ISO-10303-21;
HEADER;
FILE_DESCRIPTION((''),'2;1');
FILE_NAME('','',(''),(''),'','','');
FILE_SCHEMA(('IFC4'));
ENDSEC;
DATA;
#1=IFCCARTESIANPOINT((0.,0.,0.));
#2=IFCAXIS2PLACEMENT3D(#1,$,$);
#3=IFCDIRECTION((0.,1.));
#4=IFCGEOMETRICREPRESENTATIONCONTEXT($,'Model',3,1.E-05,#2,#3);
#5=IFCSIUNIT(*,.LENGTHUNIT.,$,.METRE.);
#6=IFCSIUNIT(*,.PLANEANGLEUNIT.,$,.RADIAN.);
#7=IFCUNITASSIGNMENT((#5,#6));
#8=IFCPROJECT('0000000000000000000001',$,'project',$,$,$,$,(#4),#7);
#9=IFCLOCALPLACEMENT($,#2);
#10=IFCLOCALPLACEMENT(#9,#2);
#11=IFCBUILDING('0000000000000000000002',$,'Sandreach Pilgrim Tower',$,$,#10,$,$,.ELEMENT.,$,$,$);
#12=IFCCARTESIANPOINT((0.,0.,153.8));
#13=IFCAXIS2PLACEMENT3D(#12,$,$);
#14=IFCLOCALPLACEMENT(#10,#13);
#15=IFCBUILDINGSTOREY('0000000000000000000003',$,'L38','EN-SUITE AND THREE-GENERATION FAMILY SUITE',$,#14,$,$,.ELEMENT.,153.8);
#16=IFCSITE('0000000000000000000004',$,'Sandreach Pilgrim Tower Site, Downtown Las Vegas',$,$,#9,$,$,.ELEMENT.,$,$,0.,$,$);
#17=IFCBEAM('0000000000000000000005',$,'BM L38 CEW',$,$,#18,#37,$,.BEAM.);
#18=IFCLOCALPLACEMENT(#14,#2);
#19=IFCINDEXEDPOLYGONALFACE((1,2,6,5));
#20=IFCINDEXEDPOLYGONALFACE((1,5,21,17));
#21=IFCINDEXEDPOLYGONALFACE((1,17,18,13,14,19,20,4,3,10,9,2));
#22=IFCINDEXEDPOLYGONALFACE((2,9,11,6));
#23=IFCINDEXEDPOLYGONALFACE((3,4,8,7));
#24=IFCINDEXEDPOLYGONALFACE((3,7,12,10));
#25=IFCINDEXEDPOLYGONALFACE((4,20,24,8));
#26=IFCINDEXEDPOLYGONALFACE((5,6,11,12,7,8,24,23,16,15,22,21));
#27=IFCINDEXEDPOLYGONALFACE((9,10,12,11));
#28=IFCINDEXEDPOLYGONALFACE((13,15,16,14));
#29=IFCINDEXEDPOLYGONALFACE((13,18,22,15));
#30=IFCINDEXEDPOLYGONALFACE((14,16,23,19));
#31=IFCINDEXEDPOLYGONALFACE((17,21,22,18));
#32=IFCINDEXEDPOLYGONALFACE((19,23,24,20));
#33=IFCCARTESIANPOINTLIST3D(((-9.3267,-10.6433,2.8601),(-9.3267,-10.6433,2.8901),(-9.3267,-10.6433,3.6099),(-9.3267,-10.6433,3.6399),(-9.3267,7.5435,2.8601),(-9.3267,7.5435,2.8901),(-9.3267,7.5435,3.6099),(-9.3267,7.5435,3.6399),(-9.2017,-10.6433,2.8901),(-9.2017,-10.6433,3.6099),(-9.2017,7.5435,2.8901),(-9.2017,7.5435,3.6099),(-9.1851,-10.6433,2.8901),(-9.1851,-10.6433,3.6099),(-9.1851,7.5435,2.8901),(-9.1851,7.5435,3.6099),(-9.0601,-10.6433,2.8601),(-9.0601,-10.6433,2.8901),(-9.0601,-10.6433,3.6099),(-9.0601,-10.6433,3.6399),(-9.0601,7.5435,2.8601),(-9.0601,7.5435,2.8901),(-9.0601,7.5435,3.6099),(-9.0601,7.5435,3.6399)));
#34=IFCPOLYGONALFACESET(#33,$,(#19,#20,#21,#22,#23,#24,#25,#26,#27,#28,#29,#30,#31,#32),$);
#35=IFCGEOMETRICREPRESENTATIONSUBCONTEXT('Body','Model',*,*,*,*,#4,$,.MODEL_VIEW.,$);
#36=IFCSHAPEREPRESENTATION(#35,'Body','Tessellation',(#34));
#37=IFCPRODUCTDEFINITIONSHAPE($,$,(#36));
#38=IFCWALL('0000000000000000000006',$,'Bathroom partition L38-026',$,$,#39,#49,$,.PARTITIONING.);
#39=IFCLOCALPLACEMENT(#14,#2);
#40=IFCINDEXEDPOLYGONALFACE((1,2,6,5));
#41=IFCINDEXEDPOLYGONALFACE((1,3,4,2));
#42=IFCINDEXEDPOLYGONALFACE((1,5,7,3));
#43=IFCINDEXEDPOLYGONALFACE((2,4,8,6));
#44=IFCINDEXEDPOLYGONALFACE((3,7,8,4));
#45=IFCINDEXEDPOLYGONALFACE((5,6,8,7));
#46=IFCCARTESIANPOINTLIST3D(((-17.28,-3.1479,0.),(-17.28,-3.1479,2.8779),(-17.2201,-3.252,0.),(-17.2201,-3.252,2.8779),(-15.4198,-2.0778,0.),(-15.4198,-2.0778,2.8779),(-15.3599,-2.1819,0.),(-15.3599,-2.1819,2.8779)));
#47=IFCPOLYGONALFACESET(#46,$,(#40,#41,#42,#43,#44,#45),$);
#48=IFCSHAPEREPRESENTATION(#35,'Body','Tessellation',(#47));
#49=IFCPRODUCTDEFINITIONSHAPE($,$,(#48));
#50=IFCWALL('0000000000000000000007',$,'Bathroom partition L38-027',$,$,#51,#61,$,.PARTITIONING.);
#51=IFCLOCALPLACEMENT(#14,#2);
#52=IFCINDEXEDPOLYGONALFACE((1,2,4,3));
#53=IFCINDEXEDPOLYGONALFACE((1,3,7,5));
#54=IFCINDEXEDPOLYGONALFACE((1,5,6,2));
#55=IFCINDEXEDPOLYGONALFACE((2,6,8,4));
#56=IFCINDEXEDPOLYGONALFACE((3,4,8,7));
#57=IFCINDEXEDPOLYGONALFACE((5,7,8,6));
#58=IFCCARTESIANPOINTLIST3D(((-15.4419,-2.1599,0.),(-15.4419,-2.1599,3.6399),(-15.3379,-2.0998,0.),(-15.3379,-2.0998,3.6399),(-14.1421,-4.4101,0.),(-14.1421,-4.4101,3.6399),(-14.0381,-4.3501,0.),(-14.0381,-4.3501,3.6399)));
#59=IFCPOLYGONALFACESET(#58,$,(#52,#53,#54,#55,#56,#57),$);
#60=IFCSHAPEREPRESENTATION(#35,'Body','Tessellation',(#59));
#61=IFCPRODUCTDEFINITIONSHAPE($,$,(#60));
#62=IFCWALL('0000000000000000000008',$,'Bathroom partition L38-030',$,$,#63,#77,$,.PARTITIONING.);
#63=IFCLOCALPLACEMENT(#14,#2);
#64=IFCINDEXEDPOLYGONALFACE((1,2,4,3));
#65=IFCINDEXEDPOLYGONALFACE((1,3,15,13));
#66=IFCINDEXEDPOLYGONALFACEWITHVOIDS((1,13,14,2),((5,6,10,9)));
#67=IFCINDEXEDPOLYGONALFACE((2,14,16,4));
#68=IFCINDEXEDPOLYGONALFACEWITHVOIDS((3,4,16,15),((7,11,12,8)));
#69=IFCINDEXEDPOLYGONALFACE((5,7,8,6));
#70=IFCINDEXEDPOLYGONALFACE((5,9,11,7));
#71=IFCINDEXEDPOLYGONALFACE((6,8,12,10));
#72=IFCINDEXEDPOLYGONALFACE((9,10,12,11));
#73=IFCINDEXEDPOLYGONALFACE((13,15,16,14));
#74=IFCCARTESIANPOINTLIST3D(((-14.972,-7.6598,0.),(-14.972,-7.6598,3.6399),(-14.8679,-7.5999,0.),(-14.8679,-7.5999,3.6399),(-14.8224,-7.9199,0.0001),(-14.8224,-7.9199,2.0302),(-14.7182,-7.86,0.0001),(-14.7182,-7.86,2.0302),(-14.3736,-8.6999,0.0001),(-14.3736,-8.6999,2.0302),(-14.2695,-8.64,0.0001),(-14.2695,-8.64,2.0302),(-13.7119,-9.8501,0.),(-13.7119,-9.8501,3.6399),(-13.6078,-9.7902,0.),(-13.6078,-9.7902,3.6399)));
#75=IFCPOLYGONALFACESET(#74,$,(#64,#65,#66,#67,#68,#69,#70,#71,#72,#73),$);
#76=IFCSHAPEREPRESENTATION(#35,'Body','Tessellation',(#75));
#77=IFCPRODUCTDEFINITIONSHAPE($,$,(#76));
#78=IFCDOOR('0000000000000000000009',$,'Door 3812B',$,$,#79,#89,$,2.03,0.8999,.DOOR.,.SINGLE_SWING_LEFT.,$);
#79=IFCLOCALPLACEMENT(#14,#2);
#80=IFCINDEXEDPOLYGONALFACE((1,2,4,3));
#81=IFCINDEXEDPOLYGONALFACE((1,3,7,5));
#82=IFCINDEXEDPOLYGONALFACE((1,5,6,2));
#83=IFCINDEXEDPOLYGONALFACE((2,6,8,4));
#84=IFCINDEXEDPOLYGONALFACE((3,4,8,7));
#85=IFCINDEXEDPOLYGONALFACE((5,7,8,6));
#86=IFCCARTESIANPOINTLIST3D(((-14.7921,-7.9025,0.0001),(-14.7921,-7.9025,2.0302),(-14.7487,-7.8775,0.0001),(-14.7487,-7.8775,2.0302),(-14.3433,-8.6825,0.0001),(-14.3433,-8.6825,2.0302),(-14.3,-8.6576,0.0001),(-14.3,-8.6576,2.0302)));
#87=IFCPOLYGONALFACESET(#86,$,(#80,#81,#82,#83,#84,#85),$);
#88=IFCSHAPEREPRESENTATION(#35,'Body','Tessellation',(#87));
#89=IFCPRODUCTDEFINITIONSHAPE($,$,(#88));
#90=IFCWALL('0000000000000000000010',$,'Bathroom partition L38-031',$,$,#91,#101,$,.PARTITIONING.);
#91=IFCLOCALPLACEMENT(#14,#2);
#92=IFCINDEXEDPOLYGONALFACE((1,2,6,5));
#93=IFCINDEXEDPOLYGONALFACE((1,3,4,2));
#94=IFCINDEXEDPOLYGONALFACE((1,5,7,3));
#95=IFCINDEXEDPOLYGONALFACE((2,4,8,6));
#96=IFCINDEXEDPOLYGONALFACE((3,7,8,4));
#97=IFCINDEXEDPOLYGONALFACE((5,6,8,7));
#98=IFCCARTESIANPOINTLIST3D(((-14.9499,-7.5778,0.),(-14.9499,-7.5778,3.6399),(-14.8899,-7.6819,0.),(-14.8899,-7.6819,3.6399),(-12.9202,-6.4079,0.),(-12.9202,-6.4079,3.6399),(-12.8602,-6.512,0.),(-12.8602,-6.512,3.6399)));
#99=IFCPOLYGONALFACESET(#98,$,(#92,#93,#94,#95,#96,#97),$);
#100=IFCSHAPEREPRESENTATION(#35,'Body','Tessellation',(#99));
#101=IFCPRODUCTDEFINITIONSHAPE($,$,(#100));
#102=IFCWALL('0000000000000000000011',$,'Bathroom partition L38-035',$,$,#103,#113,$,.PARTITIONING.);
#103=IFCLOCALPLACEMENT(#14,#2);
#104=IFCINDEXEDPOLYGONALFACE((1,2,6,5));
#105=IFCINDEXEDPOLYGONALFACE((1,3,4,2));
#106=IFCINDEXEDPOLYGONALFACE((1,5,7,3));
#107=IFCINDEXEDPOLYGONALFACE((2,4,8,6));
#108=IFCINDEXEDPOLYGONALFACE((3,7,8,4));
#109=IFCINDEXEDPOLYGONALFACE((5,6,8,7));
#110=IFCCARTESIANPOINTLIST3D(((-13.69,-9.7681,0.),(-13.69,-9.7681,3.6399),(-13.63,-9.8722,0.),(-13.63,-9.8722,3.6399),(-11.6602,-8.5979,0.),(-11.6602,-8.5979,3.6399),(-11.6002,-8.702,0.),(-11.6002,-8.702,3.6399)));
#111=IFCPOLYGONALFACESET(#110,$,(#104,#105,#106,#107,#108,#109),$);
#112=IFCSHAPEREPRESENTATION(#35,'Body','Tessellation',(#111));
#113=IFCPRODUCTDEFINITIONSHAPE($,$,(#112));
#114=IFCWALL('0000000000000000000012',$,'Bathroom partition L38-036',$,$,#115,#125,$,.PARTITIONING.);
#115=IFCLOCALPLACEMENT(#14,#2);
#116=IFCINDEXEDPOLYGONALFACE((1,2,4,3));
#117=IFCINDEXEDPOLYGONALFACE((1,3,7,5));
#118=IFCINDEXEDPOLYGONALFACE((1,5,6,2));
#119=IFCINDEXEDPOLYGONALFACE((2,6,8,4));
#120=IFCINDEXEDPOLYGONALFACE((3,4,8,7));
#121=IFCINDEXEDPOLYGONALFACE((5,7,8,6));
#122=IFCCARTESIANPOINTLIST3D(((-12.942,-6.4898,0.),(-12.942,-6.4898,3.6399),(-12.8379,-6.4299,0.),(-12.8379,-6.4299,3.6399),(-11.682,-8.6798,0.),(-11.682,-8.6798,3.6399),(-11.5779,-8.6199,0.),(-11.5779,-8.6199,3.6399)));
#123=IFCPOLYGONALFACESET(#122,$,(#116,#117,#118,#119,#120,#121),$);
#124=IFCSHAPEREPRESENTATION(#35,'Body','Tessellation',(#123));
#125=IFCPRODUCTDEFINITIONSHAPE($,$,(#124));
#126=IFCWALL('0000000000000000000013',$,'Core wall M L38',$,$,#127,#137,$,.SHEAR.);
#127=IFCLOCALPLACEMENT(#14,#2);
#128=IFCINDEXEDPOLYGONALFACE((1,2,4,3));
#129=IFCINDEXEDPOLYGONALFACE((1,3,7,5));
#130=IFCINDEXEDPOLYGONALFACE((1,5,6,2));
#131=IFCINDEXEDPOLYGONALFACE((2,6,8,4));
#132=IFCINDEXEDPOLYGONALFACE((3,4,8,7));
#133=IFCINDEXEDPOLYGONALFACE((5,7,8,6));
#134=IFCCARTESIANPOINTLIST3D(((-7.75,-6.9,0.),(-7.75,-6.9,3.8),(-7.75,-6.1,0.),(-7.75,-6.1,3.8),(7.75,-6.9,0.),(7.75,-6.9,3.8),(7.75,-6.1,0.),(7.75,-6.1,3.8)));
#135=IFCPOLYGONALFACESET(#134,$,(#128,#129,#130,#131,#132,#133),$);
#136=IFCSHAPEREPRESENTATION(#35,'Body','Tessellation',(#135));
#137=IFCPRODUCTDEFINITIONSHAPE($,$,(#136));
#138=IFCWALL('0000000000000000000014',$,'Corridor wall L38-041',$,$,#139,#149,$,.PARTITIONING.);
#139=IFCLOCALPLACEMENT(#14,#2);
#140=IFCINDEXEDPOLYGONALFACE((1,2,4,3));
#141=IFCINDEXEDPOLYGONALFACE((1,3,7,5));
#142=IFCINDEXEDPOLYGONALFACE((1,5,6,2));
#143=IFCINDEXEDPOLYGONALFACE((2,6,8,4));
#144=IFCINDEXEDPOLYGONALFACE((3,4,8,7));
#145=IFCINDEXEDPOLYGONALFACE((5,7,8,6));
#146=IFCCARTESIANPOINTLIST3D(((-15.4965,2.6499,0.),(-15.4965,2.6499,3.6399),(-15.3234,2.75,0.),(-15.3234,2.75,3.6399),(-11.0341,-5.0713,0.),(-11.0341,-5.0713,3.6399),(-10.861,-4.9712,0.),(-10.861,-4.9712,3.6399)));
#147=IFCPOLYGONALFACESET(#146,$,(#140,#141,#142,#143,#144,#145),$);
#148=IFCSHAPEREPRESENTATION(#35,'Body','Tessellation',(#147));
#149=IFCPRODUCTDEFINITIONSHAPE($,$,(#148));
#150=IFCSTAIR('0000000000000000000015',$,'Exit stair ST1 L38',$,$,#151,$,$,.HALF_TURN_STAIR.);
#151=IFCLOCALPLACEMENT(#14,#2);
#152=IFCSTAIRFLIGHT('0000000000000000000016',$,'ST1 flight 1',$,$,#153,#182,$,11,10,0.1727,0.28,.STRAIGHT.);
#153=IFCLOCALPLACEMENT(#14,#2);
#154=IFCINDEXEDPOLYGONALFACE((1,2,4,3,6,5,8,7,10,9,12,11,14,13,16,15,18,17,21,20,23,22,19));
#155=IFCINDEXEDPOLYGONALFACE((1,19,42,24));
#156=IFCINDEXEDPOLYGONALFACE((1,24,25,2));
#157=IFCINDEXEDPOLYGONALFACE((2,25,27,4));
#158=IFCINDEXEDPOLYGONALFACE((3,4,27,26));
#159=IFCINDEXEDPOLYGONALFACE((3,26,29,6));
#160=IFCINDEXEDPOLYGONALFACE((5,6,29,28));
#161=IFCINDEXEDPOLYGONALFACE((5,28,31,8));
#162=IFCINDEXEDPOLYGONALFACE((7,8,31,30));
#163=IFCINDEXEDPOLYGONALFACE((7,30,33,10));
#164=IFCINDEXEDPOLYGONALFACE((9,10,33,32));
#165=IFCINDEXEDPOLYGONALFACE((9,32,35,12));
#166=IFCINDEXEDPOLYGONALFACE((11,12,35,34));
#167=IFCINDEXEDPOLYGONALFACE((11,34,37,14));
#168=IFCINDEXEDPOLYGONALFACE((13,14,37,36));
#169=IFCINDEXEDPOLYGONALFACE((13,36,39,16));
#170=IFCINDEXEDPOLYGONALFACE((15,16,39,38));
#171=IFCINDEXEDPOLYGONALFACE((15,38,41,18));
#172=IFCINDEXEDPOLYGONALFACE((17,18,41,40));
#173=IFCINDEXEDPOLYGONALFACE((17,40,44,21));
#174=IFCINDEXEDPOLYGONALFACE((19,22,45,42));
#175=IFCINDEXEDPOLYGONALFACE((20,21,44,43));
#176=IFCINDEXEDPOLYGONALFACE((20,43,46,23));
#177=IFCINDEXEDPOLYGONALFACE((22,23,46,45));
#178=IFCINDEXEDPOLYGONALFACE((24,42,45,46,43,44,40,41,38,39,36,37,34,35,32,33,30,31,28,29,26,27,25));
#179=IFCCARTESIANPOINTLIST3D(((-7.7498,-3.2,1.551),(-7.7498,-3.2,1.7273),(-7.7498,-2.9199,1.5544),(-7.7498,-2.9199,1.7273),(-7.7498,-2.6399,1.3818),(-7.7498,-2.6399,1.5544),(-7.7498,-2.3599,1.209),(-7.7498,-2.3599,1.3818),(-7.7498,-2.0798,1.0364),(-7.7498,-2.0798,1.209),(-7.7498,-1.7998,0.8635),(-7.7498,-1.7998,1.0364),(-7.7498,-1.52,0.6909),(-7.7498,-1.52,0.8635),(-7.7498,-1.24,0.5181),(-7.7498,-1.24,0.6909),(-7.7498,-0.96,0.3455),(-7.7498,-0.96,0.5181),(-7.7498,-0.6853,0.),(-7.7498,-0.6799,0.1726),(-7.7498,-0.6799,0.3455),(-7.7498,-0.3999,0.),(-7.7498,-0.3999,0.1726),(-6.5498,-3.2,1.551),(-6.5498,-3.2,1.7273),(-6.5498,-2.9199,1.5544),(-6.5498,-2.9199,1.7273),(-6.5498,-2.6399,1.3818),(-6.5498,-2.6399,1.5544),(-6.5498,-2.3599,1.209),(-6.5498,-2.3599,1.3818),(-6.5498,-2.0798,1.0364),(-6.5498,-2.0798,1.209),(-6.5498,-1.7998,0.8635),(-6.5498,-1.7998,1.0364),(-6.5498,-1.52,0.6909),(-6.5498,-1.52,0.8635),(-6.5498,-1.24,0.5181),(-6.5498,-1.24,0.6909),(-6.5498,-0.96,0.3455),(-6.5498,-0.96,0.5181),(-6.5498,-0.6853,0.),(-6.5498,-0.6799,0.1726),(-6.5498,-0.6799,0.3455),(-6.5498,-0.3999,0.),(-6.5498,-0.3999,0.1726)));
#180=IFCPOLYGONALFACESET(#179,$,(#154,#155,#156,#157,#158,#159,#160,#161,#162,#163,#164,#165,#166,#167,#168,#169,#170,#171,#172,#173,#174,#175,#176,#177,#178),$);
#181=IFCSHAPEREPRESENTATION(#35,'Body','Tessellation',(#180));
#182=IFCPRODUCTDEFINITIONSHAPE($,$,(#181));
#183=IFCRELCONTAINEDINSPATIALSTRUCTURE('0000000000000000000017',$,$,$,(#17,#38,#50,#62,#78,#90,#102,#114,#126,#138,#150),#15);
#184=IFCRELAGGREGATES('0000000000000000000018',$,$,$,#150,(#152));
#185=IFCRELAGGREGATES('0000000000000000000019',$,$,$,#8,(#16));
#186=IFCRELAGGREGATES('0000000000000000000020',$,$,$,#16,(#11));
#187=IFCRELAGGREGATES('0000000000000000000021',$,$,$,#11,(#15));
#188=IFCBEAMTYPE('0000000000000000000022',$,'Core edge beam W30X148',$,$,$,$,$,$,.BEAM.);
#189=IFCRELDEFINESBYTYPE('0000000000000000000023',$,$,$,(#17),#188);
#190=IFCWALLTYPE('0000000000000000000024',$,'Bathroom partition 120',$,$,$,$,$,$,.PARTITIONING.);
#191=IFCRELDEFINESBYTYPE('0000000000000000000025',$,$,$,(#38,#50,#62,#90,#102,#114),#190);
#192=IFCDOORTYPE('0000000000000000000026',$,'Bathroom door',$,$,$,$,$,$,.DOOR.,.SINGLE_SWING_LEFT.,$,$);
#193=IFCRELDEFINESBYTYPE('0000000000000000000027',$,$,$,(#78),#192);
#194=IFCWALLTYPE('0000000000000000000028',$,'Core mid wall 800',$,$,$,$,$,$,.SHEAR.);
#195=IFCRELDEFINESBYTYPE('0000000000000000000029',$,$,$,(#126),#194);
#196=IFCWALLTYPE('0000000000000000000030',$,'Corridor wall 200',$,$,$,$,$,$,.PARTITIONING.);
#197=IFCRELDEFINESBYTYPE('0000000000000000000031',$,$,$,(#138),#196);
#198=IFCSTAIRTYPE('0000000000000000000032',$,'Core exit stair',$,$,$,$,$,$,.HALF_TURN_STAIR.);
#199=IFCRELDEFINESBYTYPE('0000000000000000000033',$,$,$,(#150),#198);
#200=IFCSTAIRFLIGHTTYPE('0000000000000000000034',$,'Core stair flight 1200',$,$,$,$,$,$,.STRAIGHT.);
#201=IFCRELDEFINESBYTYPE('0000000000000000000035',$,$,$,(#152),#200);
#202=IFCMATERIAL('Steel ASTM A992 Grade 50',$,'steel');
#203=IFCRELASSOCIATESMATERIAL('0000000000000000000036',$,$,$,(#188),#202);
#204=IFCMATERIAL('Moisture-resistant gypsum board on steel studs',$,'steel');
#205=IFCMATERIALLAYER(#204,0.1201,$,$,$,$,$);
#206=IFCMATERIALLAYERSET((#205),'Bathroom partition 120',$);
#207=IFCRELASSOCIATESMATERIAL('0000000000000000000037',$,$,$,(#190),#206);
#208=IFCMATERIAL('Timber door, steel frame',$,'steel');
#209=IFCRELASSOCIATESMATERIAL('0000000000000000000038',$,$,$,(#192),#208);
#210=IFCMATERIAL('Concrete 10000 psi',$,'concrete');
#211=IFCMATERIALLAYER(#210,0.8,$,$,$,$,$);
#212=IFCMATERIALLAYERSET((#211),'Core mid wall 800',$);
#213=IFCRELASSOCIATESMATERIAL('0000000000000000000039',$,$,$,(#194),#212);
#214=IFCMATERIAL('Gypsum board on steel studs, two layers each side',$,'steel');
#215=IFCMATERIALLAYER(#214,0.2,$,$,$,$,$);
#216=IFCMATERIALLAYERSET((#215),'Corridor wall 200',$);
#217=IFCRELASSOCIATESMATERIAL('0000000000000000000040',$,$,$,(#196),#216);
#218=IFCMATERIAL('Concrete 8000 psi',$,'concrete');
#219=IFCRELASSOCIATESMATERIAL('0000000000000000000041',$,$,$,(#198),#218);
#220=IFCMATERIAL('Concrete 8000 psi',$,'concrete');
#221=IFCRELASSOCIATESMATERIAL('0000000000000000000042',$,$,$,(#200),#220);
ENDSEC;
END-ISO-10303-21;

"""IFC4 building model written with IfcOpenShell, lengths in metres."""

from ifc_helpers import new_model, si_unit, direction, frame, frame_2d, origin, origin_2d, place, context, subcontext, project, spatial, polyline, rectangle, i_section, outline, extrude, material, layer, layer_set, material_profile, profile_set, type_object, element, fill, aggregate, save


model = new_model("IFC4")

# Units and contexts
model_context = context("Model", 3, precision=1e-05, world=origin(), true_north=direction((0.0, 1.0)))
body_context = subcontext(model_context, "Body", "Model", "MODEL_VIEW")
ifc_project = project(units=[si_unit("LENGTHUNIT", "METRE"), si_unit("PLANEANGLEUNIT", "RADIAN")], contexts=[model_context])

# Site, building, storey
site_placement = place(None, origin())
site = spatial("IfcSite", under=ifc_project, at=site_placement, Name="Sandreach Pilgrim Tower Site, Downtown Las Vegas", CompositionType="ELEMENT", RefElevation=0.0)
building_placement = place(site_placement, origin())
building = spatial("IfcBuilding", under=site, at=building_placement, Name="Sandreach Pilgrim Tower", CompositionType="ELEMENT")
storey_placement = place(building_placement, frame((0.0, 0.0, 153.8)))
storey = spatial("IfcBuildingStorey", under=building, at=storey_placement, Name="L38", Description="EN-SUITE AND THREE-GENERATION FAMILY SUITE", CompositionType="ELEMENT", Elevation=153.8)

# Beam
ifc_material_1 = material(Name="Steel ASTM A992 Grade 50", Category="steel")
ifc_material_profile = material_profile(ifc_material_1, i_section(OverallWidth=0.2666, OverallDepth=0.7798, WebThickness=0.0166, FlangeThickness=0.03, at=origin_2d()), Name="W30X148")
ifc_profile_set = profile_set([ifc_material_profile], Name="Steel ASTM A992 Grade 50")
beam_type = type_object("IfcBeamType", Name="Core edge beam W30X148", PredefinedType="BEAM", material=ifc_profile_set)
beam_placement = place(storey_placement, frame((-9.1934, -10.6433, 3.25), z_axis=(0.0, 1.0, 0.0), x_axis=(-1.0, 0.0, 0.0)))
element("IfcBeam", 1, at=beam_placement, inside=storey, type_object=beam_type, Name="BM L38 CEW", PredefinedType="BEAM", context=body_context, shape_type="SweptSolid", body=[
    extrude(i_section(OverallWidth=0.2666, OverallDepth=0.7798, WebThickness=0.0166, FlangeThickness=0.03, at=origin_2d()), origin(), (0.0, 0.0, 1.0), 18.1868),
])

# Walls
ifc_material_2 = material(Name="Moisture-resistant gypsum board on steel studs", Category="steel")
ifc_layer_1 = layer(ifc_material_2, 0.1201)
ifc_layer_set_1 = layer_set([ifc_layer_1], Name="Bathroom partition 120")
wall_type_1 = type_object("IfcWallType", Name="Bathroom partition 120", PredefinedType="PARTITIONING", material=ifc_layer_set_1)
wall_1_placement = place(storey_placement, frame((-15.3899, -2.1299, 0.0), z_axis=(0.0, 0.0, 1.0), x_axis=(-0.866804, -0.498649, 0.0)))
element("IfcWall", 2, at=wall_1_placement, inside=storey, type_object=wall_type_1, Name="Bathroom partition L38-026", PredefinedType="PARTITIONING", context=body_context, shape_type="SweptSolid", body=[
    extrude(rectangle(XDim=2.146, YDim=0.1201, at=frame_2d((1.073, 0.0))), origin(), (0.0, 0.0, 1.0), 2.8779),
])
wall_2_placement = place(storey_placement, frame((-15.3899, -2.1299, 0.0), z_axis=(0.0, 0.0, 1.0), x_axis=(0.500181, -0.865921, 0.0)))
element("IfcWall", 3, at=wall_2_placement, inside=storey, type_object=wall_type_1, Name="Bathroom partition L38-027", PredefinedType="PARTITIONING", context=body_context, shape_type="SweptSolid", body=[
    extrude(rectangle(XDim=2.5986, YDim=0.1201, at=frame_2d((1.2993, 0.0))), origin(), (0.0, 0.0, 1.0), 3.6399),
])

# Wall, opening, door
wall_3_placement = place(storey_placement, frame((-14.9199, -7.6299, 0.0), z_axis=(0.0, 0.0, 1.0), x_axis=(0.498665, -0.866795, 0.0)))
wall_3 = element("IfcWall", 4, at=wall_3_placement, inside=storey, type_object=wall_type_1, Name="Bathroom partition L38-030", PredefinedType="PARTITIONING", context=body_context, shape_type="SweptSolid", body=[
    extrude(rectangle(XDim=2.5269, YDim=0.1201, at=frame_2d((1.2634, 0.0))), origin(), (0.0, 0.0, 1.0), 3.6399),
])
opening_1_placement = place(wall_3_placement, frame((0.3, 0.0, 0.0)))
opening_1 = element("IfcOpeningElement", 5, at=opening_1_placement, cuts=wall_3, PredefinedType="OPENING", context=body_context, shape_type="SweptSolid", body=[
    extrude(rectangle(XDim=0.8999, YDim=2.03, at=frame_2d((0.45, 1.0151))), frame((0.0, 0.0601, 0.0), z_axis=(0.0, -1.0, 0.0), x_axis=(1.0, 0.0, 0.0)), (0.0, 0.0, 1.0), 0.1201),
])
ifc_material_3 = material(Name="Timber door, steel frame", Category="steel")
door_type_1 = type_object("IfcDoorType", Name="Bathroom door", OperationType="SINGLE_SWING_LEFT", PredefinedType="DOOR", material=ifc_material_3)
door_1_placement = place(opening_1_placement, origin())
door_1 = element("IfcDoor", 6, at=door_1_placement, inside=storey, type_object=door_type_1, Name="Door 3812B", OperationType="SINGLE_SWING_LEFT", OverallHeight=2.03, OverallWidth=0.8999, PredefinedType="DOOR", context=body_context, shape_type="SweptSolid", body=[
    extrude(rectangle(XDim=0.8999, YDim=2.03, at=frame_2d((0.45, 1.0151))), frame((0.0, 0.0249, 0.0), z_axis=(0.0, -1.0, 0.0), x_axis=(1.0, 0.0, 0.0)), (0.0, 0.0, 1.0), 0.05),
])
fill(opening_1, door_1)

# Walls
wall_4_placement = place(storey_placement, frame((-14.9199, -7.6299, 0.0), z_axis=(0.0, 0.0, 1.0), x_axis=(0.86639, 0.499368, 0.0)))
element("IfcWall", 7, at=wall_4_placement, inside=storey, type_object=wall_type_1, Name="Bathroom partition L38-031", PredefinedType="PARTITIONING", context=body_context, shape_type="SweptSolid", body=[
    extrude(rectangle(XDim=2.3428, YDim=0.1201, at=frame_2d((1.1714, 0.0))), origin(), (0.0, 0.0, 1.0), 3.6399),
])
wall_5_placement = place(storey_placement, frame((-13.6599, -9.8201, 0.0), z_axis=(0.0, 0.0, 1.0), x_axis=(0.866345, 0.499446, 0.0)))
element("IfcWall", 8, at=wall_5_placement, inside=storey, type_object=wall_type_1, Name="Bathroom partition L38-035", PredefinedType="PARTITIONING", context=body_context, shape_type="SweptSolid", body=[
    extrude(rectangle(XDim=2.343, YDim=0.1201, at=frame_2d((1.1714, 0.0))), origin(), (0.0, 0.0, 1.0), 3.6399),
])
wall_6_placement = place(storey_placement, frame((-12.8899, -6.46, 0.0), z_axis=(0.0, 0.0, 1.0), x_axis=(0.498707, -0.866771, 0.0)))
element("IfcWall", 9, at=wall_6_placement, inside=storey, type_object=wall_type_1, Name="Bathroom partition L38-036", PredefinedType="PARTITIONING", context=body_context, shape_type="SweptSolid", body=[
    extrude(rectangle(XDim=2.5266, YDim=0.1201, at=frame_2d((1.2632, 0.0))), origin(), (0.0, 0.0, 1.0), 3.6399),
])
ifc_material_4 = material(Name="Concrete 10000 psi", Category="concrete")
ifc_layer_2 = layer(ifc_material_4, 0.8)
ifc_layer_set_2 = layer_set([ifc_layer_2], Name="Core mid wall 800")
wall_type_2 = type_object("IfcWallType", Name="Core mid wall 800", PredefinedType="SHEAR", material=ifc_layer_set_2)
wall_7_placement = place(storey_placement, frame((-7.75, -6.5, 0.0), z_axis=(0.0, 0.0, 1.0), x_axis=(1.0, 0.0, 0.0)))
element("IfcWall", 10, at=wall_7_placement, inside=storey, type_object=wall_type_2, Name="Core wall M L38", PredefinedType="SHEAR", context=body_context, shape_type="SweptSolid", body=[
    extrude(rectangle(XDim=15.5, YDim=0.8, at=frame_2d((7.75, 0.0))), origin(), (0.0, 0.0, 1.0), 3.8),
])

# Shared definitions
ifc_material_5 = material(Name="Gypsum board on steel studs, two layers each side", Category="steel")
ifc_layer_3 = layer(ifc_material_5, 0.2)
ifc_layer_set_3 = layer_set([ifc_layer_3], Name="Corridor wall 200")
wall_type_3 = type_object("IfcWallType", Name="Corridor wall 200", PredefinedType="PARTITIONING", material=ifc_layer_set_3)

# Wall
wall_8_placement = place(storey_placement, frame((-10.9475, -5.0212, 0.0), z_axis=(0.0, 0.0, 1.0), x_axis=(-0.500384, 0.865803, 0.0)))
element("IfcWall", 11, at=wall_8_placement, inside=storey, type_object=wall_type_3, Name="Corridor wall L38-041", PredefinedType="PARTITIONING", context=body_context, shape_type="SweptSolid", body=[
    extrude(rectangle(XDim=8.918, YDim=0.2, at=frame_2d((4.459, 0.0))), origin(), (0.0, 0.0, 1.0), 3.6399),
])

# Stair, stair flight
ifc_material_6 = material(Name="Concrete 8000 psi", Category="concrete")
stair_type = type_object("IfcStairType", Name="Core exit stair", PredefinedType="HALF_TURN_STAIR", material=ifc_material_6)
stair_placement = place(storey_placement, origin())
stair = element("IfcStair", 12, at=stair_placement, inside=storey, type_object=stair_type, Name="Exit stair ST1 L38", PredefinedType="HALF_TURN_STAIR")
ifc_material_7 = material(Name="Concrete 8000 psi", Category="concrete")
stair_flight_type = type_object("IfcStairFlightType", Name="Core stair flight 1200", PredefinedType="STRAIGHT", material=ifc_material_7)
stair_flight_placement = place(storey_placement, frame((-7.1499, -0.3999, 0.0), z_axis=(0.0, 0.0, 1.0), x_axis=(0.0, -1.0, 0.0)))
stair_flight = element("IfcStairFlight", 13, at=stair_flight_placement, type_object=stair_flight_type, Name="ST1 flight 1", NumberOfRisers=11, NumberOfTreads=10, PredefinedType="STRAIGHT", RiserHeight=0.1727, TreadLength=0.28, context=body_context, shape_type="SweptSolid", body=[
    extrude(outline(polyline([(0.0, 0.0), (0.0, 0.1726), (0.28, 0.1726), (0.28, 0.3455), (0.5601, 0.3455), (0.5601, 0.5181), (0.8401, 0.5181), (0.8401, 0.6909), (1.1201, 0.6909), (1.1201, 0.8635), (1.3999, 0.8635), (1.3999, 1.0364), (1.6799, 1.0364), (1.6799, 1.209), (1.96, 1.209), (1.96, 1.3818), (2.24, 1.3818), (2.24, 1.5544), (2.52, 1.5544), (2.52, 1.7273), (2.8, 1.7273), (2.8, 1.8999), (2.8, 1.551), (0.2854, 0.0), (0.0, 0.0)])), frame((0.0, 0.6001, 0.0), z_axis=(0.0, -1.0, 0.0), x_axis=(1.0, 0.0, 0.0)), (0.0, 0.0, 1.0), 1.2),
])
aggregate(stair, [stair_flight])

save(model, "model.ifc")
